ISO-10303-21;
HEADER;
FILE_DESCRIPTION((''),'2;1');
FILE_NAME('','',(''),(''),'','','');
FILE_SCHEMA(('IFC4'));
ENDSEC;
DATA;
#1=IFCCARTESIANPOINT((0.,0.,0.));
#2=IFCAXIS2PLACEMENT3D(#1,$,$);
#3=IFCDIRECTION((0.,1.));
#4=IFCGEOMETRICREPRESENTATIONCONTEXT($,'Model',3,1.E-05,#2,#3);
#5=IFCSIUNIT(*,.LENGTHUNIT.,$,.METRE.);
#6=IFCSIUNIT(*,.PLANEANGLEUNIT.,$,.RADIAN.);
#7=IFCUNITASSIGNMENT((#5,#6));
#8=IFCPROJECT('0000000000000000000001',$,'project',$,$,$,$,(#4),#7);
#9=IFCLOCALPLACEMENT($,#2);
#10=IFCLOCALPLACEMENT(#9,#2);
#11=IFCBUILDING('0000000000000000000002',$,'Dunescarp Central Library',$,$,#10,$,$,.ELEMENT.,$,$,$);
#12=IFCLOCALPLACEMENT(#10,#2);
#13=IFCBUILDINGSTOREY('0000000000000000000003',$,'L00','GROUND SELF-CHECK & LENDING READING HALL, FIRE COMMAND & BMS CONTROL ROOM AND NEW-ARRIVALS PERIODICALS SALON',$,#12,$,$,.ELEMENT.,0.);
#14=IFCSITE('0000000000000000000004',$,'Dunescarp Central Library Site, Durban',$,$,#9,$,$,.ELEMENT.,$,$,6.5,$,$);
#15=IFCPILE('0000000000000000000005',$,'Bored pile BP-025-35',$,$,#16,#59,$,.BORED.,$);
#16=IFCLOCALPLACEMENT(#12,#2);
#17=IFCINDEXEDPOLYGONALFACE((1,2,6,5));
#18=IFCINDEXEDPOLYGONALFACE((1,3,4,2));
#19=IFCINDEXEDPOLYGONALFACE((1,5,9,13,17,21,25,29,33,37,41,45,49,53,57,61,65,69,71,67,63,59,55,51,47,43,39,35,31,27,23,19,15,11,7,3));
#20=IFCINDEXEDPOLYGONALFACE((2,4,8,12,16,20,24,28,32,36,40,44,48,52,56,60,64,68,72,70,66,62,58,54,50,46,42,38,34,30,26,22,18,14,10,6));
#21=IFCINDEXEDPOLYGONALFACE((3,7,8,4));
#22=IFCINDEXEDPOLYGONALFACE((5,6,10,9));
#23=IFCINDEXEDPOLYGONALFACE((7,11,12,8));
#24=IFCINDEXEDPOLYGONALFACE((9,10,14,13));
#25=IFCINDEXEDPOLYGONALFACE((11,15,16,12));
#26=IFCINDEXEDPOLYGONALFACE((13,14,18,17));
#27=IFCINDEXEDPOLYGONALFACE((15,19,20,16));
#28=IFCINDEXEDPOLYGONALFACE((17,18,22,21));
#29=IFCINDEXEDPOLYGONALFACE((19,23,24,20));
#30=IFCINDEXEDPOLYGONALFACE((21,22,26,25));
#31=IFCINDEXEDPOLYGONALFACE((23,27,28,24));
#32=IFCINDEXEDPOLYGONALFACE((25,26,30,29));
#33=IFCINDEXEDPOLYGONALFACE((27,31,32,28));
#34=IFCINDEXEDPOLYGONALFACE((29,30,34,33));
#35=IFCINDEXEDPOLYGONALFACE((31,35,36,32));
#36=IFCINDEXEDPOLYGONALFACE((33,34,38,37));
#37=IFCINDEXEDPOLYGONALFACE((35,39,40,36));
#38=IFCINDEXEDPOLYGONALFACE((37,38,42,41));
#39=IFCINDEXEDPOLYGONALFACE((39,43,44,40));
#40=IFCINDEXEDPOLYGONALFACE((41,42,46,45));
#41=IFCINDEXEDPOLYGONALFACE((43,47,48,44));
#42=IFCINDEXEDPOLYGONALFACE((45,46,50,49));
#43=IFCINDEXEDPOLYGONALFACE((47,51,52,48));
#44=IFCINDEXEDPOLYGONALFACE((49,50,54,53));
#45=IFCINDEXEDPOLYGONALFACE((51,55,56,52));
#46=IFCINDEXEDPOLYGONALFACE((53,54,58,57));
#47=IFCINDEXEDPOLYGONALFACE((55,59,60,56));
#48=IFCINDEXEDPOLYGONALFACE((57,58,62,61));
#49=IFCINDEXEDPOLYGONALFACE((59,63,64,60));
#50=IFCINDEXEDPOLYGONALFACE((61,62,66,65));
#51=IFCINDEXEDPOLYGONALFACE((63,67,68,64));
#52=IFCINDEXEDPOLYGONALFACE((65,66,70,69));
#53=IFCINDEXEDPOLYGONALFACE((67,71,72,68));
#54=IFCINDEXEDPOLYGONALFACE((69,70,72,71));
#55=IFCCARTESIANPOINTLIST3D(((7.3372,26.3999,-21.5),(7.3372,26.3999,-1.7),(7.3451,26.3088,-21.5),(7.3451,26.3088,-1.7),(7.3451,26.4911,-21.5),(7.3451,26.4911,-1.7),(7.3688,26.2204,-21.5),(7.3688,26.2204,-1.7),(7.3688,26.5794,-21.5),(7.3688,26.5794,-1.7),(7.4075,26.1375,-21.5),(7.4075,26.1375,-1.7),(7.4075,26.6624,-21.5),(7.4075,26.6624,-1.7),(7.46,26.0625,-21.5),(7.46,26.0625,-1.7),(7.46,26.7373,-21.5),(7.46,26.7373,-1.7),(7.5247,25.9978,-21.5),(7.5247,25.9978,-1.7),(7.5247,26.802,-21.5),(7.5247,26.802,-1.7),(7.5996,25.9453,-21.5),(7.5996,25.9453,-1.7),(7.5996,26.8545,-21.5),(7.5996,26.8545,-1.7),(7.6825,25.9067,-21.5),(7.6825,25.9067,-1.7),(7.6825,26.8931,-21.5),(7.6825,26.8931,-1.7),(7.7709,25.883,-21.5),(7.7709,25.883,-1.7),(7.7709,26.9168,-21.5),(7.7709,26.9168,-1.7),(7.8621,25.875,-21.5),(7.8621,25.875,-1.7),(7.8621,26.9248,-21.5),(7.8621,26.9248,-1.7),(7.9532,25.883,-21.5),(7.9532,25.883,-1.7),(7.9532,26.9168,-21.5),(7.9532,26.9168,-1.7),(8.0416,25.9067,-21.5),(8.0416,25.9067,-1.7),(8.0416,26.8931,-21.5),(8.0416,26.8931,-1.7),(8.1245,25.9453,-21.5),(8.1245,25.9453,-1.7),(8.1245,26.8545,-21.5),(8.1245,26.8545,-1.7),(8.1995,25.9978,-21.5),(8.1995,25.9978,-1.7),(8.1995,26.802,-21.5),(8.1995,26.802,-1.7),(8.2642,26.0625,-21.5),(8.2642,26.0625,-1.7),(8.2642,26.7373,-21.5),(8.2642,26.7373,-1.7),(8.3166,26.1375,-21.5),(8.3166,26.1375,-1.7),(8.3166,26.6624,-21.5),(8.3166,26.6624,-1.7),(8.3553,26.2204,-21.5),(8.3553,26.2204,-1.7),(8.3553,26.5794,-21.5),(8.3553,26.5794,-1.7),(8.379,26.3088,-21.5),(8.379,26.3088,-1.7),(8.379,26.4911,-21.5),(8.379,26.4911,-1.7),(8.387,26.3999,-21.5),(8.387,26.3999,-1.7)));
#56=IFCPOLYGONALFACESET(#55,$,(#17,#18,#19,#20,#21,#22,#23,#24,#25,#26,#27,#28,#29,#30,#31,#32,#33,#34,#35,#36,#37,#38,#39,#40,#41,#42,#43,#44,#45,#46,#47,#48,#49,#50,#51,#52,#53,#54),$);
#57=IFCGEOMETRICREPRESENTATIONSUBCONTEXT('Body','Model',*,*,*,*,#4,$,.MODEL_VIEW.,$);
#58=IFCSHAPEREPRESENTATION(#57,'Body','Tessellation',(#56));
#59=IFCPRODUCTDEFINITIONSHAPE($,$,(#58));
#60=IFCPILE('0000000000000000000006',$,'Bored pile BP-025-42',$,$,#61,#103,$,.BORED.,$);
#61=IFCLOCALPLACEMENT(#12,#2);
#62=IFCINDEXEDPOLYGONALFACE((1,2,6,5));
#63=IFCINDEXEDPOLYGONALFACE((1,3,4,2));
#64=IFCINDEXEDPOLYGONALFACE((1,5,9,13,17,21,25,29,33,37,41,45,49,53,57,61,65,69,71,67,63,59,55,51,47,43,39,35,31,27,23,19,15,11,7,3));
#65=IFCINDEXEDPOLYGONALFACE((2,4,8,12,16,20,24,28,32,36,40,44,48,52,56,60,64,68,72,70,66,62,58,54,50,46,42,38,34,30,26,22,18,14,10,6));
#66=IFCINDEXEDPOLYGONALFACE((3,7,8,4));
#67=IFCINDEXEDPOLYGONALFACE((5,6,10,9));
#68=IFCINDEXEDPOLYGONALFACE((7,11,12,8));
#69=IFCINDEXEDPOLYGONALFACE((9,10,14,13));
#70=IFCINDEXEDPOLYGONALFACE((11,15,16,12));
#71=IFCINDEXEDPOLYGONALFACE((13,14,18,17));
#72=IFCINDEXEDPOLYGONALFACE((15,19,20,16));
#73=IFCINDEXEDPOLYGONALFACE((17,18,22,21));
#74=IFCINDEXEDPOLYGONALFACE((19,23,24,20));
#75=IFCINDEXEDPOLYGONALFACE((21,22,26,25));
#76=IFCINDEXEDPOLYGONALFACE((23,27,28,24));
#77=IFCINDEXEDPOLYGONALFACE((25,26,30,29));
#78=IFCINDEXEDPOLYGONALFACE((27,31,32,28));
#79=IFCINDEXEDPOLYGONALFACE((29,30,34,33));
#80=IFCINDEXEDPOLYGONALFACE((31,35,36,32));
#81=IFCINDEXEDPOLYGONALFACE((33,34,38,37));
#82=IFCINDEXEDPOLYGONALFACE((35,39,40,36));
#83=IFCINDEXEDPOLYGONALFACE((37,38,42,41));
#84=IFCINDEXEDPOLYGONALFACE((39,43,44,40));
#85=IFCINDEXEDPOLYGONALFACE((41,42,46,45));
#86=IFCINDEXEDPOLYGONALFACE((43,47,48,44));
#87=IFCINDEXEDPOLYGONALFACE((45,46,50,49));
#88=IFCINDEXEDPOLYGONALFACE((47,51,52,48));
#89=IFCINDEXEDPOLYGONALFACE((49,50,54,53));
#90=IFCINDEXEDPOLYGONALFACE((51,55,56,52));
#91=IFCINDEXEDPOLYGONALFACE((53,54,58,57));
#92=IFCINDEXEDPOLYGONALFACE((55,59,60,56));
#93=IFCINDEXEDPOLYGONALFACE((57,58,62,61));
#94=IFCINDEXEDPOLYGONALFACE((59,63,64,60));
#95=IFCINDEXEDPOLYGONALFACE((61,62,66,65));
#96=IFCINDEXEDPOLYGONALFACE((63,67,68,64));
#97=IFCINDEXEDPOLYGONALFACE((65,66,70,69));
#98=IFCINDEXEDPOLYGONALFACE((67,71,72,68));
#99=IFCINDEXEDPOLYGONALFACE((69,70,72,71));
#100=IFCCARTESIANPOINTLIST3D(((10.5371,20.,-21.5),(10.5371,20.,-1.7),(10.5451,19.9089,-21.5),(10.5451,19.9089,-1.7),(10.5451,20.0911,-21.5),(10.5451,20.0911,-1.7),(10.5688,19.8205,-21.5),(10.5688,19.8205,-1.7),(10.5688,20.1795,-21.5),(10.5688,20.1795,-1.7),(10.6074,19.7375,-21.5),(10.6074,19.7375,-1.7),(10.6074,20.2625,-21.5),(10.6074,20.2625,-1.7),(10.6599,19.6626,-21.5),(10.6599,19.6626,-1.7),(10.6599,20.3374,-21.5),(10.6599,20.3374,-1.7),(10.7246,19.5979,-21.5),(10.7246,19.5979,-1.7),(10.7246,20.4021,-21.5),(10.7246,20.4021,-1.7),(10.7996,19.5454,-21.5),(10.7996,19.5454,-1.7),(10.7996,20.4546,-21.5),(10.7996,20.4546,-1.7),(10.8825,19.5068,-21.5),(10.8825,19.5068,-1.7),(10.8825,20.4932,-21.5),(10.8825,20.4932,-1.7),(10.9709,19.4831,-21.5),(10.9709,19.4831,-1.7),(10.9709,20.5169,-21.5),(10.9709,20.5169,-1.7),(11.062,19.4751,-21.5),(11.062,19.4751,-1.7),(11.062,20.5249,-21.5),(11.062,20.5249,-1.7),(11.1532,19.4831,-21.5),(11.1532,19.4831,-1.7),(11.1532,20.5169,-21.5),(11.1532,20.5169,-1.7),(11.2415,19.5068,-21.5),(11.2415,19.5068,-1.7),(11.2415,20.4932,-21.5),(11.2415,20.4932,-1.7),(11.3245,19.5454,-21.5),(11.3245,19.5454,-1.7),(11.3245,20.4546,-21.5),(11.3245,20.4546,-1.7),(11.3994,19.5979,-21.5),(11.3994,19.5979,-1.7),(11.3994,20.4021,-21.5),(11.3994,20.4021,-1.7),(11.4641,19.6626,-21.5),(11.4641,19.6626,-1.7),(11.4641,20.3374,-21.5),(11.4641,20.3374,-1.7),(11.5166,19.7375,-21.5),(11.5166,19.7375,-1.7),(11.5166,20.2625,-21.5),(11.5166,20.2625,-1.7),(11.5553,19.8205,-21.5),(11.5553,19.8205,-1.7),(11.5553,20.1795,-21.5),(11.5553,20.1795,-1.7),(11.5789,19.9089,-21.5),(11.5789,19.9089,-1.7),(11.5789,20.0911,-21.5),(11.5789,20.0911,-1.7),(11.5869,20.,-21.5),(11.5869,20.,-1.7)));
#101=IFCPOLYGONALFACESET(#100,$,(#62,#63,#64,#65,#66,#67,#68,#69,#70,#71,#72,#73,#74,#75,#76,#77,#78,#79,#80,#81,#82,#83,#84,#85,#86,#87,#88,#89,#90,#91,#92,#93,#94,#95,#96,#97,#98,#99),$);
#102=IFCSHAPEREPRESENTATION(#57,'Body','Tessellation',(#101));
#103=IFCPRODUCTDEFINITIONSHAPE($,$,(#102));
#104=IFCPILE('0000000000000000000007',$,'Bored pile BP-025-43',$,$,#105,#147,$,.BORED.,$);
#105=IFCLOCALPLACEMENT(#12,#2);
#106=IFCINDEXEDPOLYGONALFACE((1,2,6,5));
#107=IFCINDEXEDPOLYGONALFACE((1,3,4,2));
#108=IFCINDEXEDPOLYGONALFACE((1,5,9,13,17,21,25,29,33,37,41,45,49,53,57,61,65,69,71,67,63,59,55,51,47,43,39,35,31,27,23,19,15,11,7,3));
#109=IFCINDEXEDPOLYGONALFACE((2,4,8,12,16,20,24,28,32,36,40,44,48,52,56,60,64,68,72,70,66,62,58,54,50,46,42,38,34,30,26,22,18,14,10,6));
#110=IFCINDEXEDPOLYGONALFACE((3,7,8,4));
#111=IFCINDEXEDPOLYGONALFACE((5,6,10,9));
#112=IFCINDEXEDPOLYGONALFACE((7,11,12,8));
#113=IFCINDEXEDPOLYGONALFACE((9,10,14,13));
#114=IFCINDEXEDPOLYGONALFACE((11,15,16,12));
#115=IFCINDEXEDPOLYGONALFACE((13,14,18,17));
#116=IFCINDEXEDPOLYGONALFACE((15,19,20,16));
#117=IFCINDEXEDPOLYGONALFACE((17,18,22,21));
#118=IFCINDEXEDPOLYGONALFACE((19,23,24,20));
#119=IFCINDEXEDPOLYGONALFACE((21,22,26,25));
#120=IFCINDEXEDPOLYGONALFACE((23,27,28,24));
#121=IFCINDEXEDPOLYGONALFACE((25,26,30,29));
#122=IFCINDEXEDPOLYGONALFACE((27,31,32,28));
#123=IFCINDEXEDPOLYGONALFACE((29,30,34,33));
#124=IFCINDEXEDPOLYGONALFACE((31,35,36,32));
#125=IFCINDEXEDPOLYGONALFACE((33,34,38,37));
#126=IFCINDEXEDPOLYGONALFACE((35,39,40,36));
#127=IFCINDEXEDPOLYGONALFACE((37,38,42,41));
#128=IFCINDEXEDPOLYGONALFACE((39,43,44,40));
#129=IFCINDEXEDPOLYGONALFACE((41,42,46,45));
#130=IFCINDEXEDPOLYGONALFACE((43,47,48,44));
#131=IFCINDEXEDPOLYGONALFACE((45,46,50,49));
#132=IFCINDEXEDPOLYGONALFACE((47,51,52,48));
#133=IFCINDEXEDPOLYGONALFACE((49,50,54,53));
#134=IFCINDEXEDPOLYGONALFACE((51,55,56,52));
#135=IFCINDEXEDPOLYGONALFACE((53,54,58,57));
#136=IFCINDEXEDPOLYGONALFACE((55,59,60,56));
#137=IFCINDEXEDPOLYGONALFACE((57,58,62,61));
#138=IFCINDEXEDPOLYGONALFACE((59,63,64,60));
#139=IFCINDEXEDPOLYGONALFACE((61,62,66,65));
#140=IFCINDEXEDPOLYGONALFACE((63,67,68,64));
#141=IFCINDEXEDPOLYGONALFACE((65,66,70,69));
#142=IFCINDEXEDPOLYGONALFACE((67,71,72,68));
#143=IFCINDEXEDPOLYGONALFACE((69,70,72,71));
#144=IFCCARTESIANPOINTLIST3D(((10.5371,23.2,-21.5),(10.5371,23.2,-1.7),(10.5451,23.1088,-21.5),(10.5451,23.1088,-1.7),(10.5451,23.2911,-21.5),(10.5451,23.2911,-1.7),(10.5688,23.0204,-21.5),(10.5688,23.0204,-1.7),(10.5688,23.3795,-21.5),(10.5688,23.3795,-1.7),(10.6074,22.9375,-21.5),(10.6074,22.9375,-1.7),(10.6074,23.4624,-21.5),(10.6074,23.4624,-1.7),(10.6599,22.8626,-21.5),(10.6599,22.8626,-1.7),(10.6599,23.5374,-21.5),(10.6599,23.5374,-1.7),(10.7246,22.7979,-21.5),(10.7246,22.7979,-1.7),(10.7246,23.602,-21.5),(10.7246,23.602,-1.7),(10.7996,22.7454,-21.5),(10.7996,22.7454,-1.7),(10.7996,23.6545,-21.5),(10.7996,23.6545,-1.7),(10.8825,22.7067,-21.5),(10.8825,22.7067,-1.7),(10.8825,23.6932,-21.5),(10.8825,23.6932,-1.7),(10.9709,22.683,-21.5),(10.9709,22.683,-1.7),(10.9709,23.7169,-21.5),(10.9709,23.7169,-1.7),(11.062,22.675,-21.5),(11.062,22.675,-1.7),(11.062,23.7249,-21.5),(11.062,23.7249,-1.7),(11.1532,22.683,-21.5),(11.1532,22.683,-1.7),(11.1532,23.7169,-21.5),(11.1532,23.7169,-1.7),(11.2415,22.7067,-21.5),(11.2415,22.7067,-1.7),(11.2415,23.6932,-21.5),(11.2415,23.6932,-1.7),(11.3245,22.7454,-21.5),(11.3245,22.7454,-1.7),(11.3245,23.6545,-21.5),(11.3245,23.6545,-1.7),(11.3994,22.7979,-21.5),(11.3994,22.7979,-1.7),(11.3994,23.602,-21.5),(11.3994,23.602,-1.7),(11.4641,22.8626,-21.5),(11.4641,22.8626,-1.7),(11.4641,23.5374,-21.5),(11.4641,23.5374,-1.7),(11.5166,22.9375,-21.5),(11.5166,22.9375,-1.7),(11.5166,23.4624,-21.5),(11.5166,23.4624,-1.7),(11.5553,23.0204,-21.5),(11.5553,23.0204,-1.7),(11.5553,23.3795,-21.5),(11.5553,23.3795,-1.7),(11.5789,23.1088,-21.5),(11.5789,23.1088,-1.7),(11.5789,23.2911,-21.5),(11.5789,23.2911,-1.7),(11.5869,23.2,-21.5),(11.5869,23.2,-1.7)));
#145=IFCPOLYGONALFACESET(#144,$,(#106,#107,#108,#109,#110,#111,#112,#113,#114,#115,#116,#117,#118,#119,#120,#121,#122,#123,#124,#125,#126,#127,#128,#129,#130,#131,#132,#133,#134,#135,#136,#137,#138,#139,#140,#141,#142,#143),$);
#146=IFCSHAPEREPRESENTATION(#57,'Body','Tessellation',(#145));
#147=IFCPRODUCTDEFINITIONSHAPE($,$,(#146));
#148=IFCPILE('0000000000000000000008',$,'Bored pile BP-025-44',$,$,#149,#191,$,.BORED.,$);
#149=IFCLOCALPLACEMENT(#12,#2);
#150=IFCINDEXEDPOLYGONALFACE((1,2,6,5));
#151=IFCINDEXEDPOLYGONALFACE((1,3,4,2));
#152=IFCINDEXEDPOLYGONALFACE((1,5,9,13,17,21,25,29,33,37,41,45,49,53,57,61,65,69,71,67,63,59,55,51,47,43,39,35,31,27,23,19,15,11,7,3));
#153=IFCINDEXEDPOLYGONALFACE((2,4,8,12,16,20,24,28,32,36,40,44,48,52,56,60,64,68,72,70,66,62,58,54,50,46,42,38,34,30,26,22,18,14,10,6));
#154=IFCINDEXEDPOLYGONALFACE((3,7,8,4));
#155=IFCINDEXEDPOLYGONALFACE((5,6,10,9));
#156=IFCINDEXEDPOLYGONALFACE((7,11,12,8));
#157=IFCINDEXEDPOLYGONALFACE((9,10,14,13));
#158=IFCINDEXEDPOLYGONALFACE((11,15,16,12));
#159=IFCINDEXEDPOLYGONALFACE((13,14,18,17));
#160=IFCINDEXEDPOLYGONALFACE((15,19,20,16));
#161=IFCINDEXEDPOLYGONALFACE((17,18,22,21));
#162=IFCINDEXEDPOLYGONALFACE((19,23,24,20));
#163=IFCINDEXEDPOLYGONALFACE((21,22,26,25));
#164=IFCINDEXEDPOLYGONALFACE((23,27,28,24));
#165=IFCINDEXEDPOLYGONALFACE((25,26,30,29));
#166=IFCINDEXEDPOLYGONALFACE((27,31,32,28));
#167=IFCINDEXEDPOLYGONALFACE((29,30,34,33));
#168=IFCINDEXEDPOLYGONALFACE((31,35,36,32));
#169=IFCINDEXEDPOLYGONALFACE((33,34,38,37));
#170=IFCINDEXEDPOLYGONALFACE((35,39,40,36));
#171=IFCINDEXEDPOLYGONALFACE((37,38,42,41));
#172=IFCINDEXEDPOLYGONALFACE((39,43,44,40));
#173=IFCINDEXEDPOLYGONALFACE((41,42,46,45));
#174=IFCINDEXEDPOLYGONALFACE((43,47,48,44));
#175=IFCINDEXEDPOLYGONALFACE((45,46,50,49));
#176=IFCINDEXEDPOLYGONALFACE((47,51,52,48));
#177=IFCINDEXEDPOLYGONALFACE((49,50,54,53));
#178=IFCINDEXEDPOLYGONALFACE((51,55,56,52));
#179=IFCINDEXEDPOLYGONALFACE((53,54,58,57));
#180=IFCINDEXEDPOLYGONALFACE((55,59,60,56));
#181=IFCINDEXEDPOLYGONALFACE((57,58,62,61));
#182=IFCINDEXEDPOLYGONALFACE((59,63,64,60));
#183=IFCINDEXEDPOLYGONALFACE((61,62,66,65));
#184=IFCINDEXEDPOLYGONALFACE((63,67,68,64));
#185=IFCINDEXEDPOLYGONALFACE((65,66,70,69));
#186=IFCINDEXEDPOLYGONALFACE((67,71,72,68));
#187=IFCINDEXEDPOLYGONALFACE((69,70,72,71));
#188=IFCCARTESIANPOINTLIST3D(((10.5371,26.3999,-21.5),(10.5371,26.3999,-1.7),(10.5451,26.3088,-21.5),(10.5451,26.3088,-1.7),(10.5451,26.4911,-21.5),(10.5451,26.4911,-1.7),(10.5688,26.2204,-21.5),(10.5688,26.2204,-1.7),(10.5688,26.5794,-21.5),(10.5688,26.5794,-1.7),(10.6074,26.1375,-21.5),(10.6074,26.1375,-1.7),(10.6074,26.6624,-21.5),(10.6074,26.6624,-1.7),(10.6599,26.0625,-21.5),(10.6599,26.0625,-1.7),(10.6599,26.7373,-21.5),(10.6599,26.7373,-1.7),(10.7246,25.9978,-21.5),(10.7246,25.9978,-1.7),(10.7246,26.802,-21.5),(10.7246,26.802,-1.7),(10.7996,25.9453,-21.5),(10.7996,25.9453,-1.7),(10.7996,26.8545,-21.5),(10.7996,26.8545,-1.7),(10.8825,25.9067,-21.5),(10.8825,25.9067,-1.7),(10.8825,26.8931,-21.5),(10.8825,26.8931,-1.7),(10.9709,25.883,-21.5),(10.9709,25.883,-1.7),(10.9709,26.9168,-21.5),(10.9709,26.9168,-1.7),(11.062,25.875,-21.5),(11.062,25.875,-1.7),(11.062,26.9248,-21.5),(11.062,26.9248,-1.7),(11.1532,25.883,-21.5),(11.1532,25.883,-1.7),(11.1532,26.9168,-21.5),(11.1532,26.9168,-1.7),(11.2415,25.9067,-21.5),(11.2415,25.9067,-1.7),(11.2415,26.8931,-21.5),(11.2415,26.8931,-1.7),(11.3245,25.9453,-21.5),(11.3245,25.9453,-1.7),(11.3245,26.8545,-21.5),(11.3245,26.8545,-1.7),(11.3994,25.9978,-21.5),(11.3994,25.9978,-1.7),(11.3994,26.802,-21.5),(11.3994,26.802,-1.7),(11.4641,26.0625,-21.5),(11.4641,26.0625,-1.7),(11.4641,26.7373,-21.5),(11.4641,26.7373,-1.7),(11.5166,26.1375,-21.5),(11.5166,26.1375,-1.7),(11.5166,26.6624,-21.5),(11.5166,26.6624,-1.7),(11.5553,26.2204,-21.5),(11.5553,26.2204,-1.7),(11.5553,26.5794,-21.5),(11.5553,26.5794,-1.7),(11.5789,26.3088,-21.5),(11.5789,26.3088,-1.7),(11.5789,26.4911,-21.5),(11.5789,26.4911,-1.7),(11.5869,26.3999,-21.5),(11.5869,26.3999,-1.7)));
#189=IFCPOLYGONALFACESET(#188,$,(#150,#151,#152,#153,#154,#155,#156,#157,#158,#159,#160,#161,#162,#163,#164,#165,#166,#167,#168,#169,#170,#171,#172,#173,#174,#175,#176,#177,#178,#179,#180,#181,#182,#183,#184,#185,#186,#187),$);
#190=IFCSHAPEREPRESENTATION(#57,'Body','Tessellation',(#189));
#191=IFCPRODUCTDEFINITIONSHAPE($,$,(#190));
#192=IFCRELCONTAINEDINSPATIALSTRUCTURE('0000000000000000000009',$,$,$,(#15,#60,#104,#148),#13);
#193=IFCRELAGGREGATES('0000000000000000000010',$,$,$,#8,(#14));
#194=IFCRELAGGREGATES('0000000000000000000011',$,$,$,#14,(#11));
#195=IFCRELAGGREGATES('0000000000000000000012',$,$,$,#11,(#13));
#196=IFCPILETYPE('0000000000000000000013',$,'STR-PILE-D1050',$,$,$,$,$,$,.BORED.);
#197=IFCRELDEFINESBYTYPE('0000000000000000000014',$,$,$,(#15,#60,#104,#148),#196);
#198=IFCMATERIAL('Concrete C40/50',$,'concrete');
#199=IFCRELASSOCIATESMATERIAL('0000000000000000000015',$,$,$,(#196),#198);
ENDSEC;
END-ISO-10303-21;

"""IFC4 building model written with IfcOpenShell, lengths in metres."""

from ifc_helpers import new_model, si_unit, direction, frame, origin, origin_2d, place, context, subcontext, project, spatial, circle, extrude, material, material_profile, profile_set, type_object, element, save


model = new_model("IFC4")

# Units and contexts
model_context = context("Model", 3, precision=1e-05, world=origin(), true_north=direction((0.0, 1.0)))
body_context = subcontext(model_context, "Body", "Model", "MODEL_VIEW")
ifc_project = project(units=[si_unit("LENGTHUNIT", "METRE"), si_unit("PLANEANGLEUNIT", "RADIAN")], contexts=[model_context])

# Site, building, storey
site_placement = place(None, origin())
site = spatial("IfcSite", under=ifc_project, at=site_placement, Name="Dunescarp Central Library Site, Durban", CompositionType="ELEMENT", RefElevation=6.5)
building_placement = place(site_placement, origin())
building = spatial("IfcBuilding", under=site, at=building_placement, Name="Dunescarp Central Library", CompositionType="ELEMENT")
storey_placement = place(building_placement, origin())
storey = spatial("IfcBuildingStorey", under=building, at=storey_placement, Name="L00", Description="GROUND SELF-CHECK & LENDING READING HALL, FIRE COMMAND & BMS CONTROL ROOM AND NEW-ARRIVALS PERIODICALS SALON", CompositionType="ELEMENT", Elevation=0.0)

# Piles
ifc_material_1 = material(Name="Concrete C40/50", Category="concrete")
ifc_material_profile_1 = material_profile(ifc_material_1, circle(Radius=0.5249, at=origin_2d()), Name="PILE D1050")
ifc_profile_set_1 = profile_set([ifc_material_profile_1], Name="Concrete C40/50")
pile_type = type_object("IfcPileType", Name="STR-PILE-D1050", PredefinedType="BORED", material=ifc_profile_set_1)
for number, where, z_axis, x_axis, name in (
    (1, (7.8621, 26.3999, -1.7), (0.0, 0.0, -1.0), (1.0, 0.0, 0.0), "Bored pile BP-025-35"),
    (2, (11.062, 20.0, -1.7), (0.0, 0.0, -1.0), (1.0, 0.0, 0.0), "Bored pile BP-025-42"),
    (3, (11.062, 23.2, -1.7), (0.0, 0.0, -1.0), (1.0, 0.0, 0.0), "Bored pile BP-025-43"),
    (4, (11.062, 26.3999, -1.7), (0.0, 0.0, -1.0), (1.0, 0.0, 0.0), "Bored pile BP-025-44"),
):
    element("IfcPile", number, at=place(storey_placement, frame(where, z_axis=z_axis, x_axis=x_axis)), inside=storey, type_object=pile_type, Name=name, PredefinedType="BORED", context=body_context, shape_type="SweptSolid", body=[
        extrude(circle(Radius=0.5249, at=origin_2d()), origin(), (0.0, 0.0, 1.0), 19.8),
    ])

save(model, "model.ifc")
